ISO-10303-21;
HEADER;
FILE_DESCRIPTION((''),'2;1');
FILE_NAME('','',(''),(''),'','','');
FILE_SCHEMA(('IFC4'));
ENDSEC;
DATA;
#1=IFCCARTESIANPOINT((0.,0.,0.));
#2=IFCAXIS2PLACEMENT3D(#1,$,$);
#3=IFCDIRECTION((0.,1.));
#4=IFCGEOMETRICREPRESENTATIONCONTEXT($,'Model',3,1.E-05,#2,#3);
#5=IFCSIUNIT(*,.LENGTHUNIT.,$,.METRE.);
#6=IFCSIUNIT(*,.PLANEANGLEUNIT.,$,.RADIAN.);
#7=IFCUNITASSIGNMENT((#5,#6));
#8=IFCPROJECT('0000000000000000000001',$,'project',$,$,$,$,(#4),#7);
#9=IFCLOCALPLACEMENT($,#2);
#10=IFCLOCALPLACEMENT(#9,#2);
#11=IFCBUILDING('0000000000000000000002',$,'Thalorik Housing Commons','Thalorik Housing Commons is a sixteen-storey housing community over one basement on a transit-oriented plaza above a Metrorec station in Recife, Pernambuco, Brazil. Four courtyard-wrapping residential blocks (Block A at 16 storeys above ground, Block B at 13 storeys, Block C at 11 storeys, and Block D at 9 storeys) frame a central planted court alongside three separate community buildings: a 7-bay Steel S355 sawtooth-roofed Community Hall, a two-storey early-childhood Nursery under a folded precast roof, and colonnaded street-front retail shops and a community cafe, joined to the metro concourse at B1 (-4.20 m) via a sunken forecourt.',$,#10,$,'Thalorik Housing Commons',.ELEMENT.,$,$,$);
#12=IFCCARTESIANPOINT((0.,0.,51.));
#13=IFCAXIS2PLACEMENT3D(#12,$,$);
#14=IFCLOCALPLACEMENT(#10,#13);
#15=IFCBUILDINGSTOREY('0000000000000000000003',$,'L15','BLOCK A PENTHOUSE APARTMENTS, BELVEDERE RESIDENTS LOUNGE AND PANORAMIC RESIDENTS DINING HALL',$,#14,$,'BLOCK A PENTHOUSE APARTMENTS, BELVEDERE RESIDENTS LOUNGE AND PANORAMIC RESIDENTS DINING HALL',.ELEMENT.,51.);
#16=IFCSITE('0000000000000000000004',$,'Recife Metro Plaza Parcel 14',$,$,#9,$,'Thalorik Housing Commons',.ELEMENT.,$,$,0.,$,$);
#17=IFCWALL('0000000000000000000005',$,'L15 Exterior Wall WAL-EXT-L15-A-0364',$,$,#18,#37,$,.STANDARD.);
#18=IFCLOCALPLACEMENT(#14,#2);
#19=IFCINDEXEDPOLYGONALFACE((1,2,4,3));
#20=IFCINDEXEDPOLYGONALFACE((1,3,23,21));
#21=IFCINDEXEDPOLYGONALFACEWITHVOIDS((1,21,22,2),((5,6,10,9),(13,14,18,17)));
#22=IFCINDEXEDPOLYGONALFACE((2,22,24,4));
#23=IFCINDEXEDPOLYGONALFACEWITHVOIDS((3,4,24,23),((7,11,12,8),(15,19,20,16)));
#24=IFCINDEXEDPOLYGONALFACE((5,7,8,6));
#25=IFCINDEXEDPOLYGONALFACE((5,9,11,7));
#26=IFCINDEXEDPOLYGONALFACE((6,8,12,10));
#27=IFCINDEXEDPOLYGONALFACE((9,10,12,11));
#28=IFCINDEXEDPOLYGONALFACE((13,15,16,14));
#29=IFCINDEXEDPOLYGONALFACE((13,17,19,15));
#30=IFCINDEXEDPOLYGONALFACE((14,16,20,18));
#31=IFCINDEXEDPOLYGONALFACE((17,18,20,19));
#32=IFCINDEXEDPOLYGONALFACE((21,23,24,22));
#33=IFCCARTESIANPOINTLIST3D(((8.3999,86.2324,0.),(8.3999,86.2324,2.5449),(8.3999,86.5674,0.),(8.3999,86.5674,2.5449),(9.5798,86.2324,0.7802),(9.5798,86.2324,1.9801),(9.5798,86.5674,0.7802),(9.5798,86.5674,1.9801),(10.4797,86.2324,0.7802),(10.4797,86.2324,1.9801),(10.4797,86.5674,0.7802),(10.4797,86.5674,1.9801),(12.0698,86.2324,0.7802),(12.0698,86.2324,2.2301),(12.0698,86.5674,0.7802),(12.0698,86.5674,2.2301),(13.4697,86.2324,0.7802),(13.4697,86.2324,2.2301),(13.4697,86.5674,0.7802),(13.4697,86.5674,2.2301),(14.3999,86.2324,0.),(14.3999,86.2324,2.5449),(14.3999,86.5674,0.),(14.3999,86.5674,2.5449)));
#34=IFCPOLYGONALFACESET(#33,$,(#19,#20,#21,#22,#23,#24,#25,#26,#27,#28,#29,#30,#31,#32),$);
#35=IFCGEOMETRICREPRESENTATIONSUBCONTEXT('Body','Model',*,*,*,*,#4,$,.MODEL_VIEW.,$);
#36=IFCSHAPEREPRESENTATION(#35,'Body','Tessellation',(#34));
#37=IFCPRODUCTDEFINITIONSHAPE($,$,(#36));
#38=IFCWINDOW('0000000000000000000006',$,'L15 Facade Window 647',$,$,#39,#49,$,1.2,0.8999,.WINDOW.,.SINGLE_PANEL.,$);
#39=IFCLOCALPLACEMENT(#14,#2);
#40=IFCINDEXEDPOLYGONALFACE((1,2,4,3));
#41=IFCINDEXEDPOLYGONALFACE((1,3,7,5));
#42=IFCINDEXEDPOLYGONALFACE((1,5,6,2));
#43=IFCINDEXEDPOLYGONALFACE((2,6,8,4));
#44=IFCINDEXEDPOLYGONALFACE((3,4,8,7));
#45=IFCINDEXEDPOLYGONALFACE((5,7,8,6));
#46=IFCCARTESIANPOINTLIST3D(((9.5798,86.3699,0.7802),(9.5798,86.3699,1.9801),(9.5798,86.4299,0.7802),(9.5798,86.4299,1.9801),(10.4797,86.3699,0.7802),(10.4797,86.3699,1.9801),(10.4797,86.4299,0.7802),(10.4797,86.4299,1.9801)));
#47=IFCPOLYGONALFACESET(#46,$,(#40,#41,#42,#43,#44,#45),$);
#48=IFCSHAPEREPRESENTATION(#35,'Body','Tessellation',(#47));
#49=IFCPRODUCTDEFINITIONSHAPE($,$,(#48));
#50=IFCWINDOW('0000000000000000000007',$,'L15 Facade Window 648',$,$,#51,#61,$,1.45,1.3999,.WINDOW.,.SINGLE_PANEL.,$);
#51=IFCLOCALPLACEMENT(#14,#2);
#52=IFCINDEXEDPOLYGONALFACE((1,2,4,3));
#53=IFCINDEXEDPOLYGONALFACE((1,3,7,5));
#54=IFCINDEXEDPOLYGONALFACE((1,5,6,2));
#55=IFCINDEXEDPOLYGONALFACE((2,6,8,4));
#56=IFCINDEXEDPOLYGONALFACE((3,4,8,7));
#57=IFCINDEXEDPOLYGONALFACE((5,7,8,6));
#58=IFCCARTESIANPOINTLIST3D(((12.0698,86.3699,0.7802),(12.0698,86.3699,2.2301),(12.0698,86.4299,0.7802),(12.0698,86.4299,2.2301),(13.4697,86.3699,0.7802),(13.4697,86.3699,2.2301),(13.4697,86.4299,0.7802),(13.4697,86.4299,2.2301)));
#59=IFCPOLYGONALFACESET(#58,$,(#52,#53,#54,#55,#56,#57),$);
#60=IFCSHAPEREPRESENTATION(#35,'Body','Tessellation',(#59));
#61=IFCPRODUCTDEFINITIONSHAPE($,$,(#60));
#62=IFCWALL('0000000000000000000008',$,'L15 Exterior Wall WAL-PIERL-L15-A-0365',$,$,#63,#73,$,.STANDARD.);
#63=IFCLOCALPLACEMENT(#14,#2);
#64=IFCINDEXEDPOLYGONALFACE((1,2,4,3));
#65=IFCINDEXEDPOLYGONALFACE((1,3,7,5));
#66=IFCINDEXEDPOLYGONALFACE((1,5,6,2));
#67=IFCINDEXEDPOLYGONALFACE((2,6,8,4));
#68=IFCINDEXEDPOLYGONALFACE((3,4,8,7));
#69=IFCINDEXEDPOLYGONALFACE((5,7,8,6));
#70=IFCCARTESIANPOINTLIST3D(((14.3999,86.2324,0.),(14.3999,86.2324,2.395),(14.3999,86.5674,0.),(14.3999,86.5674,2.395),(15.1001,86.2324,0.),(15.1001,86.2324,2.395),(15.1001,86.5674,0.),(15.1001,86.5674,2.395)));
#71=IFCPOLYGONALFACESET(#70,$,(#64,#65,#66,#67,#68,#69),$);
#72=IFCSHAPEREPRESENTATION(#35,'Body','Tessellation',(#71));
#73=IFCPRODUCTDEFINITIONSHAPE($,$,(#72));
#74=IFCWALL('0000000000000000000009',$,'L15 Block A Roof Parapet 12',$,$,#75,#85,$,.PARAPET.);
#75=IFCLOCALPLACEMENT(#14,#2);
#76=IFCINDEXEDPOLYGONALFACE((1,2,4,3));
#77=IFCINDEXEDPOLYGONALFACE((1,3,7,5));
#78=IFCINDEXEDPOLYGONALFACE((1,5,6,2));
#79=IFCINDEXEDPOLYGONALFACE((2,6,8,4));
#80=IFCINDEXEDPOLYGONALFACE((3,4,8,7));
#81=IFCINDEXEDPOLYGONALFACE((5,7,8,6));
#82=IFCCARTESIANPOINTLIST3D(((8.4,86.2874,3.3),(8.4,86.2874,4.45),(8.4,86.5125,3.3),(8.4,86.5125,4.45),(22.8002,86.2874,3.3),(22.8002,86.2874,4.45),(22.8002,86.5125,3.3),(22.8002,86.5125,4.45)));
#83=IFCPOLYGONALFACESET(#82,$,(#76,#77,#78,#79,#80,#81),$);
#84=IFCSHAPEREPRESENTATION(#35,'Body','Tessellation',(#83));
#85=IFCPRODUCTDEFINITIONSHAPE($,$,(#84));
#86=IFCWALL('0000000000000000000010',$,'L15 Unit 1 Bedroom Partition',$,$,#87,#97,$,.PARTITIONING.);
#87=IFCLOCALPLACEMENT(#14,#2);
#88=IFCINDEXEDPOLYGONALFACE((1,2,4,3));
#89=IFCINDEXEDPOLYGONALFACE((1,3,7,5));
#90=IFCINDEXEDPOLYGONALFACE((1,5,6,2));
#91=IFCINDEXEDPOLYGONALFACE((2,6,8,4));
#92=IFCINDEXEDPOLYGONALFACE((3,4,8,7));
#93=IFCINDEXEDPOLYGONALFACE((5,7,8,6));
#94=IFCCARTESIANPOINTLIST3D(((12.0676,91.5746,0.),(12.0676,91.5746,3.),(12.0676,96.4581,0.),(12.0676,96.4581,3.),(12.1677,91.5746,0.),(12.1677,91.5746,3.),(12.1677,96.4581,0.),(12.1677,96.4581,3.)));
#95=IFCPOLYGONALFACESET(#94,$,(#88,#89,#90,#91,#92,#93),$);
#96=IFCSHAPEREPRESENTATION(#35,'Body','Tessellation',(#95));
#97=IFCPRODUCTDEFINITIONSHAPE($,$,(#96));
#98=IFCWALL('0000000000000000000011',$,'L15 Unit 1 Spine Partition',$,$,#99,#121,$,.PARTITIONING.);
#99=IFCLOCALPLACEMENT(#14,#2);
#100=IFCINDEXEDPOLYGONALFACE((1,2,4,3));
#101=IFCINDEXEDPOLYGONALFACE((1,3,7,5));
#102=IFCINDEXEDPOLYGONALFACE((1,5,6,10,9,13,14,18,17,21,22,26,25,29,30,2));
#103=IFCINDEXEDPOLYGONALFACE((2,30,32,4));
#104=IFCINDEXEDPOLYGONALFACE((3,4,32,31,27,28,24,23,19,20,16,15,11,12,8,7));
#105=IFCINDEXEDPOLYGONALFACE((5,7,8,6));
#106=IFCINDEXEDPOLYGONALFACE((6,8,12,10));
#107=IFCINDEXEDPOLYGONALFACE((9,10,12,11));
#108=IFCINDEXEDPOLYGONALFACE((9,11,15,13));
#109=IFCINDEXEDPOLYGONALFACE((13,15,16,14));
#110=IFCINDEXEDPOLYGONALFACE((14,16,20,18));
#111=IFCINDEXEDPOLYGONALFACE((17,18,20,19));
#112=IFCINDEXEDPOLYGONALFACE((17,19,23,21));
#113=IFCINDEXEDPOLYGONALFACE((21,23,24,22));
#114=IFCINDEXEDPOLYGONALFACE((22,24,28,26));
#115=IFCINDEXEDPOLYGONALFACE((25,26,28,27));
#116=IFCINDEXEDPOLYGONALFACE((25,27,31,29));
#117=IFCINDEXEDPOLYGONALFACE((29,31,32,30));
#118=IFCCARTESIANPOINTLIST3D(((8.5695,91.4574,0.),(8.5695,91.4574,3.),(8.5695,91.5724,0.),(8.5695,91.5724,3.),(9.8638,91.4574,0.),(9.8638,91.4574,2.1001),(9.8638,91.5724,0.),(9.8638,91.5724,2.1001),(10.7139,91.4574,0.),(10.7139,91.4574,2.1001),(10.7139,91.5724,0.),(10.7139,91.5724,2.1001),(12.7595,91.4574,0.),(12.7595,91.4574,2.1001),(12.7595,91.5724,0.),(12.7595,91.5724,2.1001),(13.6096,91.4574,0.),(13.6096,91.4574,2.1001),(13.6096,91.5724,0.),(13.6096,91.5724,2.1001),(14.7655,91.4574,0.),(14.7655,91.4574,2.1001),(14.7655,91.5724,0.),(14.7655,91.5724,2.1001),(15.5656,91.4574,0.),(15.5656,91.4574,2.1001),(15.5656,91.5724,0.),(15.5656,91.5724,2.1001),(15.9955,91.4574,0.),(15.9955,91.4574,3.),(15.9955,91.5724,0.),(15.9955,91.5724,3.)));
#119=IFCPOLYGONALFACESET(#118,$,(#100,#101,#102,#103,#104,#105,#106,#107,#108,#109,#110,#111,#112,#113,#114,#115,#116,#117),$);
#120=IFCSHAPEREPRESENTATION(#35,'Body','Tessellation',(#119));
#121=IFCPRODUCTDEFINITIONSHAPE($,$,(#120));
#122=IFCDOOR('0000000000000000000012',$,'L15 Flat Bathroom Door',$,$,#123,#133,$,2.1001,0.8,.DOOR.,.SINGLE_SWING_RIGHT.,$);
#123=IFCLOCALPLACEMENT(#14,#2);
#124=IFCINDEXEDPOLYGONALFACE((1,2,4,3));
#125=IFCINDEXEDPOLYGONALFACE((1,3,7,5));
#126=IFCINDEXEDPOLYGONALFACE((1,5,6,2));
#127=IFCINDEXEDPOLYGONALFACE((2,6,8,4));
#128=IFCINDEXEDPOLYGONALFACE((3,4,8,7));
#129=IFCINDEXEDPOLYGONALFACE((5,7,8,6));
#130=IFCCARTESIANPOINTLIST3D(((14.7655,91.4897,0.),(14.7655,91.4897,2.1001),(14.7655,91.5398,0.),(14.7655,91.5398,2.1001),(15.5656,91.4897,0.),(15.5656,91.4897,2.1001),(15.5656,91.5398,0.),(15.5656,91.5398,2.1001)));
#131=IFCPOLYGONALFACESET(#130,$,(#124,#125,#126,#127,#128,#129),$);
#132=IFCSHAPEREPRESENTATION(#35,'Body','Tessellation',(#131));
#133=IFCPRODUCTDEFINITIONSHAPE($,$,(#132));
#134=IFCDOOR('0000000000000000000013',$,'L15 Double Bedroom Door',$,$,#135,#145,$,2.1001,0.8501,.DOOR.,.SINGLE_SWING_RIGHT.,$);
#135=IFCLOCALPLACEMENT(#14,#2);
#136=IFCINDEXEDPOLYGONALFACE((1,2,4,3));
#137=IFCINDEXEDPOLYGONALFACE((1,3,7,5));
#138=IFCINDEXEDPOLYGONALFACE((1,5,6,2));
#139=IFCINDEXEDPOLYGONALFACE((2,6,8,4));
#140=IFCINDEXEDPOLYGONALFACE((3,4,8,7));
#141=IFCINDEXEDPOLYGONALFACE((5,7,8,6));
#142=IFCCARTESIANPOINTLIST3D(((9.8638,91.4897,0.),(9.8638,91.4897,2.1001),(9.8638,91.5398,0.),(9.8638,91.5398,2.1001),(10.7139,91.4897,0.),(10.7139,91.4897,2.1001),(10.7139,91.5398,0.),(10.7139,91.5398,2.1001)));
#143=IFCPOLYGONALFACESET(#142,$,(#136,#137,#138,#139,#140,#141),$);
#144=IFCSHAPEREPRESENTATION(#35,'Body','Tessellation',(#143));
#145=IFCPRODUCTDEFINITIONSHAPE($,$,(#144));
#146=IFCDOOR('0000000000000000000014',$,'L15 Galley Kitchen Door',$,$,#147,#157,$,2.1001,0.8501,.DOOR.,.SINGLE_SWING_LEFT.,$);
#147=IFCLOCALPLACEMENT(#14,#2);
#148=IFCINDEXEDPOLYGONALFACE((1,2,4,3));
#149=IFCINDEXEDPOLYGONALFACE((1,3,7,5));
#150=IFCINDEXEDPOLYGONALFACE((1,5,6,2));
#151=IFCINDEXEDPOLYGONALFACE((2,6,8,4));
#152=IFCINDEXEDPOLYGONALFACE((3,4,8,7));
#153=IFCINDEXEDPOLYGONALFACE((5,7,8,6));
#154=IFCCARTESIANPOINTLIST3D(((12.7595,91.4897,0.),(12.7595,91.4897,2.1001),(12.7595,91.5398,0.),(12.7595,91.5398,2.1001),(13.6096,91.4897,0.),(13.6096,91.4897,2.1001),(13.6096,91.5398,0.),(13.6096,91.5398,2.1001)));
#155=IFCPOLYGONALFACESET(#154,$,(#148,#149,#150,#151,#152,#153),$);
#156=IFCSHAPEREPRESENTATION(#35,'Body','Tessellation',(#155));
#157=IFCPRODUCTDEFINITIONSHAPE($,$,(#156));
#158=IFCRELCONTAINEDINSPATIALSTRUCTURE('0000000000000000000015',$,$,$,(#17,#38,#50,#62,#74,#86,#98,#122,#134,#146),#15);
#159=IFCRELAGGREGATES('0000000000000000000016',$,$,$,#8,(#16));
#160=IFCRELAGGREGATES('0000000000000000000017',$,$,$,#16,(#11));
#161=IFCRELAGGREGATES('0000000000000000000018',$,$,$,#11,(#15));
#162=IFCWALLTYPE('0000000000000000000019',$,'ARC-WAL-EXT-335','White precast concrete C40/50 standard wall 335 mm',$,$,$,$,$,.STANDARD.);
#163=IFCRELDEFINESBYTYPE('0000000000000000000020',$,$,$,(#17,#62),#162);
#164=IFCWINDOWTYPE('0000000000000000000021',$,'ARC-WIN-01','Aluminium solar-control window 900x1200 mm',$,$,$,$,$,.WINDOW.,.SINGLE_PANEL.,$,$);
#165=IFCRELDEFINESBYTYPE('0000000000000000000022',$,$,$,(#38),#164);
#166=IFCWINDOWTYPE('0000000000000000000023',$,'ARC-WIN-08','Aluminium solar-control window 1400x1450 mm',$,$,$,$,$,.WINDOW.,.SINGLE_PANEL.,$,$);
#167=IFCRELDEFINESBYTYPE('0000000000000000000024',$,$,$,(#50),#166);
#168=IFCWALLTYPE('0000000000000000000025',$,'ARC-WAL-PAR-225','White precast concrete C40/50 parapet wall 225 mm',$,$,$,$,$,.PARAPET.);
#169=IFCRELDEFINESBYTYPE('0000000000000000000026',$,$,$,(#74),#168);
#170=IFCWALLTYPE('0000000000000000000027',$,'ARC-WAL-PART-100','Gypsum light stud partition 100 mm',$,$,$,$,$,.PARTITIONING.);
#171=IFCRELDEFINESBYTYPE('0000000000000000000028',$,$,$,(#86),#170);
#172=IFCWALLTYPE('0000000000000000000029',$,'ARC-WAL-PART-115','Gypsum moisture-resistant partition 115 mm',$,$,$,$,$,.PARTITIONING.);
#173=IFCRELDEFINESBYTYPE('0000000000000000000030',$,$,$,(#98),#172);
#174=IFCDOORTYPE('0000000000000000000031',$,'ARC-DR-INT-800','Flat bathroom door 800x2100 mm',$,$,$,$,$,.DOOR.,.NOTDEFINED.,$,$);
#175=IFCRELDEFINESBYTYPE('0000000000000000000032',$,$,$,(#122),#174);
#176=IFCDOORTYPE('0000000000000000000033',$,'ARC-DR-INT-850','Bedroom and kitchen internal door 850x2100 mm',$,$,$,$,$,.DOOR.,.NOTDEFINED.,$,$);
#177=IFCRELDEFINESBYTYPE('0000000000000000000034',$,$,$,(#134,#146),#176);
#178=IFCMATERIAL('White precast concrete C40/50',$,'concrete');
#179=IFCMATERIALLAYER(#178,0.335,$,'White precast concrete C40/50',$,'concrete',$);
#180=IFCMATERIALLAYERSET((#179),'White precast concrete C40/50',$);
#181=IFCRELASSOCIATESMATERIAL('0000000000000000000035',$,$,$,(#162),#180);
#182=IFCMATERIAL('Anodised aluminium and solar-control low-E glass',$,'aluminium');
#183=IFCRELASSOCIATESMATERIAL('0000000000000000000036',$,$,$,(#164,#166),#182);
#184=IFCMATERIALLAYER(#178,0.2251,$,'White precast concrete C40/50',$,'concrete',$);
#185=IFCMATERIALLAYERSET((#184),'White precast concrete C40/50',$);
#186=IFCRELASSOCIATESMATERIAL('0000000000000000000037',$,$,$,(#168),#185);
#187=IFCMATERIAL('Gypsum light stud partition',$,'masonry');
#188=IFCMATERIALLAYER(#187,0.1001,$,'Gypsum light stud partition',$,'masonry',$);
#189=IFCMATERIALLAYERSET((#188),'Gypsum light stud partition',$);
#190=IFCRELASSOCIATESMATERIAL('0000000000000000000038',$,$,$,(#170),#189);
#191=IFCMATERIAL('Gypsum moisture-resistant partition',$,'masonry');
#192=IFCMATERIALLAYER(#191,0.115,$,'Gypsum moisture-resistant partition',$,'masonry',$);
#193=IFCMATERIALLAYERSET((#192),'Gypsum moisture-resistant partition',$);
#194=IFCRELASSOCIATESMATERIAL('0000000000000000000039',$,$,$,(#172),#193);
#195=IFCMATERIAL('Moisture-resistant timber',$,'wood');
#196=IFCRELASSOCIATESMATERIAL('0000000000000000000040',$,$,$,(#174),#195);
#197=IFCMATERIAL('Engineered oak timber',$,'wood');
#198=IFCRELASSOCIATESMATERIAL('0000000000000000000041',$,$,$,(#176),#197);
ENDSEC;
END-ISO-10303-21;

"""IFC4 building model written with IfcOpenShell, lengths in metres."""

from ifc_helpers import new_model, si_unit, direction, frame, frame_2d, origin, place, context, subcontext, project, spatial, rectangle, extrude, material, layer, layer_set, type_object, element, fill, save


model = new_model("IFC4")

# Units and contexts
model_context = context("Model", 3, precision=1e-05, world=origin(), true_north=direction((0.0, 1.0)))
body_context = subcontext(model_context, "Body", "Model", "MODEL_VIEW")
ifc_project = project(units=[si_unit("LENGTHUNIT", "METRE"), si_unit("PLANEANGLEUNIT", "RADIAN")], contexts=[model_context])

# Site, building, storey
site_placement = place(None, origin())
site = spatial("IfcSite", under=ifc_project, at=site_placement, Name="Recife Metro Plaza Parcel 14", LongName="Thalorik Housing Commons", CompositionType="ELEMENT", RefElevation=0.0)
building_placement = place(site_placement, origin())
building = spatial("IfcBuilding", under=site, at=building_placement, Name="Thalorik Housing Commons", Description="Thalorik Housing Commons is a sixteen-storey housing community over one basement on a transit-oriented plaza above a Metrorec station in Recife, Pernambuco, Brazil. Four courtyard-wrapping residential blocks (Block A at 16 storeys above ground, Block B at 13 storeys, Block C at 11 storeys, and Block D at 9 storeys) frame a central planted court alongside three separate community buildings: a 7-bay Steel S355 sawtooth-roofed Community Hall, a two-storey early-childhood Nursery under a folded precast roof, and colonnaded street-front retail shops and a community cafe, joined to the metro concourse at B1 (-4.20 m) via a sunken forecourt.", LongName="Thalorik Housing Commons", CompositionType="ELEMENT")
storey_placement = place(building_placement, frame((0.0, 0.0, 51.0)))
storey = spatial("IfcBuildingStorey", under=building, at=storey_placement, Name="L15", Description="BLOCK A PENTHOUSE APARTMENTS, BELVEDERE RESIDENTS LOUNGE AND PANORAMIC RESIDENTS DINING HALL", LongName="BLOCK A PENTHOUSE APARTMENTS, BELVEDERE RESIDENTS LOUNGE AND PANORAMIC RESIDENTS DINING HALL", CompositionType="ELEMENT", Elevation=51.0)

# Shared definitions
ifc_material_1 = material(Name="Anodised aluminium and solar-control low-E glass", Category="aluminium")

# Wall, openings, windows
ifc_material_2 = material(Name="White precast concrete C40/50", Category="concrete")
ifc_layer_1 = layer(ifc_material_2, 0.335, Name="White precast concrete C40/50", Category="concrete")
ifc_layer_set_1 = layer_set([ifc_layer_1], Name="White precast concrete C40/50")
wall_type_1 = type_object("IfcWallType", Name="ARC-WAL-EXT-335", Description="White precast concrete C40/50 standard wall 335 mm", PredefinedType="STANDARD", material=ifc_layer_set_1)
wall_1_placement = place(storey_placement, frame((8.3999, 86.3999, 0.0), z_axis=(0.0, 0.0, 1.0), x_axis=(1.0, 0.0, 0.0)))
wall_1 = element("IfcWall", 1, at=wall_1_placement, inside=storey, type_object=wall_type_1, Name="L15 Exterior Wall WAL-EXT-L15-A-0364", PredefinedType="STANDARD", context=body_context, shape_type="SweptSolid", body=[
    extrude(rectangle(XDim=6.0, YDim=0.335, at=frame_2d((3.0, 0.0))), origin(), (0.0, 0.0, 1.0), 2.5449),
])
opening_1_placement = place(wall_1_placement, frame((1.1799, 0.0, 0.78)))
opening_1 = element("IfcOpeningElement", 2, at=opening_1_placement, cuts=wall_1, PredefinedType="OPENING", context=body_context, shape_type="SweptSolid", body=[
    extrude(rectangle(XDim=0.8999, YDim=1.2, at=frame_2d((0.45, 0.6001))), frame((0.0, 0.1775, 0.0), z_axis=(0.0, -1.0, 0.0), x_axis=(1.0, 0.0, 0.0)), (0.0, 0.0, 1.0), 0.355),
])
opening_2_placement = place(wall_1_placement, frame((3.6699, 0.0, 0.78)))
opening_2 = element("IfcOpeningElement", 3, at=opening_2_placement, cuts=wall_1, PredefinedType="OPENING", context=body_context, shape_type="SweptSolid", body=[
    extrude(rectangle(XDim=1.3999, YDim=1.45, at=frame_2d((0.7, 0.7251))), frame((0.0, 0.1775, 0.0), z_axis=(0.0, -1.0, 0.0), x_axis=(1.0, 0.0, 0.0)), (0.0, 0.0, 1.0), 0.355),
])
window_type_1 = type_object("IfcWindowType", Name="ARC-WIN-01", Description="Aluminium solar-control window 900x1200 mm", PartitioningType="SINGLE_PANEL", PredefinedType="WINDOW", material=ifc_material_1)
window_1_placement = place(opening_1_placement, origin())
window_1 = element("IfcWindow", 4, at=window_1_placement, inside=storey, type_object=window_type_1, Name="L15 Facade Window 647", OverallHeight=1.2, OverallWidth=0.8999, PartitioningType="SINGLE_PANEL", PredefinedType="WINDOW", context=body_context, shape_type="SweptSolid", body=[
    extrude(rectangle(XDim=0.8999, YDim=1.2, at=frame_2d((0.45, 0.6001))), frame((0.0, 0.03, 0.0), z_axis=(0.0, -1.0, 0.0), x_axis=(1.0, 0.0, 0.0)), (0.0, 0.0, 1.0), 0.0601),
])
fill(opening_1, window_1)
window_type_2 = type_object("IfcWindowType", Name="ARC-WIN-08", Description="Aluminium solar-control window 1400x1450 mm", PartitioningType="SINGLE_PANEL", PredefinedType="WINDOW", material=ifc_material_1)
window_2_placement = place(opening_2_placement, origin())
window_2 = element("IfcWindow", 5, at=window_2_placement, inside=storey, type_object=window_type_2, Name="L15 Facade Window 648", OverallHeight=1.45, OverallWidth=1.3999, PartitioningType="SINGLE_PANEL", PredefinedType="WINDOW", context=body_context, shape_type="SweptSolid", body=[
    extrude(rectangle(XDim=1.3999, YDim=1.45, at=frame_2d((0.7, 0.7251))), frame((0.0, 0.03, 0.0), z_axis=(0.0, -1.0, 0.0), x_axis=(1.0, 0.0, 0.0)), (0.0, 0.0, 1.0), 0.0601),
])
fill(opening_2, window_2)

# Walls
wall_2_placement = place(storey_placement, frame((14.3999, 86.3999, 0.0), z_axis=(0.0, 0.0, 1.0), x_axis=(1.0, 0.0, 0.0)))
element("IfcWall", 6, at=wall_2_placement, inside=storey, type_object=wall_type_1, Name="L15 Exterior Wall WAL-PIERL-L15-A-0365", PredefinedType="STANDARD", context=body_context, shape_type="SweptSolid", body=[
    extrude(rectangle(XDim=0.7002, YDim=0.335, at=frame_2d((0.3501, 0.0))), origin(), (0.0, 0.0, 1.0), 2.395),
])
ifc_layer_2 = layer(ifc_material_2, 0.2251, Name="White precast concrete C40/50", Category="concrete")
ifc_layer_set_2 = layer_set([ifc_layer_2], Name="White precast concrete C40/50")
wall_type_2 = type_object("IfcWallType", Name="ARC-WAL-PAR-225", Description="White precast concrete C40/50 parapet wall 225 mm", PredefinedType="PARAPET", material=ifc_layer_set_2)
wall_3_placement = place(storey_placement, frame((8.3999, 86.3999, 3.3), z_axis=(0.0, 0.0, 1.0), x_axis=(1.0, 0.0, 0.0)))
element("IfcWall", 7, at=wall_3_placement, inside=storey, type_object=wall_type_2, Name="L15 Block A Roof Parapet 12", PredefinedType="PARAPET", context=body_context, shape_type="SweptSolid", body=[
    extrude(rectangle(XDim=14.4001, YDim=0.2251, at=frame_2d((7.2002, 0.0))), origin(), (0.0, 0.0, 1.0), 1.1499),
])
ifc_material_3 = material(Name="Gypsum light stud partition", Category="masonry")
ifc_layer_3 = layer(ifc_material_3, 0.1001, Name="Gypsum light stud partition", Category="masonry")
ifc_layer_set_3 = layer_set([ifc_layer_3], Name="Gypsum light stud partition")
wall_type_3 = type_object("IfcWallType", Name="ARC-WAL-PART-100", Description="Gypsum light stud partition 100 mm", PredefinedType="PARTITIONING", material=ifc_layer_set_3)
wall_4_placement = place(storey_placement, frame((12.1177, 91.5745, 0.0), z_axis=(0.0, 0.0, 1.0), x_axis=(0.0, 1.0, 0.0)))
element("IfcWall", 8, at=wall_4_placement, inside=storey, type_object=wall_type_3, Name="L15 Unit 1 Bedroom Partition", PredefinedType="PARTITIONING", context=body_context, shape_type="SweptSolid", body=[
    extrude(rectangle(XDim=4.8835, YDim=0.1001, at=frame_2d((2.4419, 0.0))), origin(), (0.0, 0.0, 1.0), 3.0),
])

# Wall, openings, doors
ifc_material_4 = material(Name="Gypsum moisture-resistant partition", Category="masonry")
ifc_layer_4 = layer(ifc_material_4, 0.115, Name="Gypsum moisture-resistant partition", Category="masonry")
ifc_layer_set_4 = layer_set([ifc_layer_4], Name="Gypsum moisture-resistant partition")
wall_type_4 = type_object("IfcWallType", Name="ARC-WAL-PART-115", Description="Gypsum moisture-resistant partition 115 mm", PredefinedType="PARTITIONING", material=ifc_layer_set_4)
wall_5_placement = place(storey_placement, frame((8.5696, 91.5149, 0.0), z_axis=(0.0, 0.0, 1.0), x_axis=(1.0, 0.0, 0.0)))
wall_5 = element("IfcWall", 9, at=wall_5_placement, inside=storey, type_object=wall_type_4, Name="L15 Unit 1 Spine Partition", PredefinedType="PARTITIONING", context=body_context, shape_type="SweptSolid", body=[
    extrude(rectangle(XDim=7.426, YDim=0.115, at=frame_2d((3.7129, 0.0))), origin(), (0.0, 0.0, 1.0), 3.0),
])
opening_3_placement = place(wall_5_placement, frame((1.2942, 0.0, 0.0)))
opening_3 = element("IfcOpeningElement", 10, at=opening_3_placement, cuts=wall_5, PredefinedType="OPENING", context=body_context, shape_type="SweptSolid", body=[
    extrude(rectangle(XDim=0.8501, YDim=2.1001, at=frame_2d((0.425, 1.05))), frame((0.0, 0.0674, 0.0), z_axis=(0.0, -1.0, 0.0), x_axis=(1.0, 0.0, 0.0)), (0.0, 0.0, 1.0), 0.135),
])
opening_4_placement = place(wall_5_placement, frame((4.1899, 0.0, 0.0)))
opening_4 = element("IfcOpeningElement", 11, at=opening_4_placement, cuts=wall_5, PredefinedType="OPENING", context=body_context, shape_type="SweptSolid", body=[
    extrude(rectangle(XDim=0.8501, YDim=2.1001, at=frame_2d((0.425, 1.05))), frame((0.0, 0.0674, 0.0), z_axis=(0.0, -1.0, 0.0), x_axis=(1.0, 0.0, 0.0)), (0.0, 0.0, 1.0), 0.135),
])
opening_5_placement = place(wall_5_placement, frame((6.196, 0.0, 0.0)))
opening_5 = element("IfcOpeningElement", 12, at=opening_5_placement, cuts=wall_5, PredefinedType="OPENING", context=body_context, shape_type="SweptSolid", body=[
    extrude(rectangle(XDim=0.8, YDim=2.1001, at=frame_2d((0.3999, 1.05))), frame((0.0, 0.0674, 0.0), z_axis=(0.0, -1.0, 0.0), x_axis=(1.0, 0.0, 0.0)), (0.0, 0.0, 1.0), 0.135),
])
ifc_material_5 = material(Name="Moisture-resistant timber", Category="wood")
door_type_1 = type_object("IfcDoorType", Name="ARC-DR-INT-800", Description="Flat bathroom door 800x2100 mm", OperationType="NOTDEFINED", PredefinedType="DOOR", material=ifc_material_5)
door_1_placement = place(opening_5_placement, origin())
door_1 = element("IfcDoor", 13, at=door_1_placement, inside=storey, type_object=door_type_1, Name="L15 Flat Bathroom Door", OperationType="SINGLE_SWING_RIGHT", OverallHeight=2.1001, OverallWidth=0.8, PredefinedType="DOOR", context=body_context, shape_type="SweptSolid", body=[
    extrude(rectangle(XDim=0.8, YDim=2.1001, at=frame_2d((0.3999, 1.05))), frame((0.0, 0.0249, 0.0), z_axis=(0.0, -1.0, 0.0), x_axis=(1.0, 0.0, 0.0)), (0.0, 0.0, 1.0), 0.05),
])
fill(opening_5, door_1)
ifc_material_6 = material(Name="Engineered oak timber", Category="wood")
door_type_2 = type_object("IfcDoorType", Name="ARC-DR-INT-850", Description="Bedroom and kitchen internal door 850x2100 mm", OperationType="NOTDEFINED", PredefinedType="DOOR", material=ifc_material_6)
door_2_placement = place(opening_3_placement, origin())
door_2 = element("IfcDoor", 14, at=door_2_placement, inside=storey, type_object=door_type_2, Name="L15 Double Bedroom Door", OperationType="SINGLE_SWING_RIGHT", OverallHeight=2.1001, OverallWidth=0.8501, PredefinedType="DOOR", context=body_context, shape_type="SweptSolid", body=[
    extrude(rectangle(XDim=0.8501, YDim=2.1001, at=frame_2d((0.425, 1.05))), frame((0.0, 0.0249, 0.0), z_axis=(0.0, -1.0, 0.0), x_axis=(1.0, 0.0, 0.0)), (0.0, 0.0, 1.0), 0.05),
])
fill(opening_3, door_2)
door_3_placement = place(opening_4_placement, origin())
door_3 = element("IfcDoor", 15, at=door_3_placement, inside=storey, type_object=door_type_2, Name="L15 Galley Kitchen Door", OperationType="SINGLE_SWING_LEFT", OverallHeight=2.1001, OverallWidth=0.8501, PredefinedType="DOOR", context=body_context, shape_type="SweptSolid", body=[
    extrude(rectangle(XDim=0.8501, YDim=2.1001, at=frame_2d((0.425, 1.05))), frame((0.0, 0.0249, 0.0), z_axis=(0.0, -1.0, 0.0), x_axis=(1.0, 0.0, 0.0)), (0.0, 0.0, 1.0), 0.05),
])
fill(opening_4, door_3)

save(model, "model.ifc")
